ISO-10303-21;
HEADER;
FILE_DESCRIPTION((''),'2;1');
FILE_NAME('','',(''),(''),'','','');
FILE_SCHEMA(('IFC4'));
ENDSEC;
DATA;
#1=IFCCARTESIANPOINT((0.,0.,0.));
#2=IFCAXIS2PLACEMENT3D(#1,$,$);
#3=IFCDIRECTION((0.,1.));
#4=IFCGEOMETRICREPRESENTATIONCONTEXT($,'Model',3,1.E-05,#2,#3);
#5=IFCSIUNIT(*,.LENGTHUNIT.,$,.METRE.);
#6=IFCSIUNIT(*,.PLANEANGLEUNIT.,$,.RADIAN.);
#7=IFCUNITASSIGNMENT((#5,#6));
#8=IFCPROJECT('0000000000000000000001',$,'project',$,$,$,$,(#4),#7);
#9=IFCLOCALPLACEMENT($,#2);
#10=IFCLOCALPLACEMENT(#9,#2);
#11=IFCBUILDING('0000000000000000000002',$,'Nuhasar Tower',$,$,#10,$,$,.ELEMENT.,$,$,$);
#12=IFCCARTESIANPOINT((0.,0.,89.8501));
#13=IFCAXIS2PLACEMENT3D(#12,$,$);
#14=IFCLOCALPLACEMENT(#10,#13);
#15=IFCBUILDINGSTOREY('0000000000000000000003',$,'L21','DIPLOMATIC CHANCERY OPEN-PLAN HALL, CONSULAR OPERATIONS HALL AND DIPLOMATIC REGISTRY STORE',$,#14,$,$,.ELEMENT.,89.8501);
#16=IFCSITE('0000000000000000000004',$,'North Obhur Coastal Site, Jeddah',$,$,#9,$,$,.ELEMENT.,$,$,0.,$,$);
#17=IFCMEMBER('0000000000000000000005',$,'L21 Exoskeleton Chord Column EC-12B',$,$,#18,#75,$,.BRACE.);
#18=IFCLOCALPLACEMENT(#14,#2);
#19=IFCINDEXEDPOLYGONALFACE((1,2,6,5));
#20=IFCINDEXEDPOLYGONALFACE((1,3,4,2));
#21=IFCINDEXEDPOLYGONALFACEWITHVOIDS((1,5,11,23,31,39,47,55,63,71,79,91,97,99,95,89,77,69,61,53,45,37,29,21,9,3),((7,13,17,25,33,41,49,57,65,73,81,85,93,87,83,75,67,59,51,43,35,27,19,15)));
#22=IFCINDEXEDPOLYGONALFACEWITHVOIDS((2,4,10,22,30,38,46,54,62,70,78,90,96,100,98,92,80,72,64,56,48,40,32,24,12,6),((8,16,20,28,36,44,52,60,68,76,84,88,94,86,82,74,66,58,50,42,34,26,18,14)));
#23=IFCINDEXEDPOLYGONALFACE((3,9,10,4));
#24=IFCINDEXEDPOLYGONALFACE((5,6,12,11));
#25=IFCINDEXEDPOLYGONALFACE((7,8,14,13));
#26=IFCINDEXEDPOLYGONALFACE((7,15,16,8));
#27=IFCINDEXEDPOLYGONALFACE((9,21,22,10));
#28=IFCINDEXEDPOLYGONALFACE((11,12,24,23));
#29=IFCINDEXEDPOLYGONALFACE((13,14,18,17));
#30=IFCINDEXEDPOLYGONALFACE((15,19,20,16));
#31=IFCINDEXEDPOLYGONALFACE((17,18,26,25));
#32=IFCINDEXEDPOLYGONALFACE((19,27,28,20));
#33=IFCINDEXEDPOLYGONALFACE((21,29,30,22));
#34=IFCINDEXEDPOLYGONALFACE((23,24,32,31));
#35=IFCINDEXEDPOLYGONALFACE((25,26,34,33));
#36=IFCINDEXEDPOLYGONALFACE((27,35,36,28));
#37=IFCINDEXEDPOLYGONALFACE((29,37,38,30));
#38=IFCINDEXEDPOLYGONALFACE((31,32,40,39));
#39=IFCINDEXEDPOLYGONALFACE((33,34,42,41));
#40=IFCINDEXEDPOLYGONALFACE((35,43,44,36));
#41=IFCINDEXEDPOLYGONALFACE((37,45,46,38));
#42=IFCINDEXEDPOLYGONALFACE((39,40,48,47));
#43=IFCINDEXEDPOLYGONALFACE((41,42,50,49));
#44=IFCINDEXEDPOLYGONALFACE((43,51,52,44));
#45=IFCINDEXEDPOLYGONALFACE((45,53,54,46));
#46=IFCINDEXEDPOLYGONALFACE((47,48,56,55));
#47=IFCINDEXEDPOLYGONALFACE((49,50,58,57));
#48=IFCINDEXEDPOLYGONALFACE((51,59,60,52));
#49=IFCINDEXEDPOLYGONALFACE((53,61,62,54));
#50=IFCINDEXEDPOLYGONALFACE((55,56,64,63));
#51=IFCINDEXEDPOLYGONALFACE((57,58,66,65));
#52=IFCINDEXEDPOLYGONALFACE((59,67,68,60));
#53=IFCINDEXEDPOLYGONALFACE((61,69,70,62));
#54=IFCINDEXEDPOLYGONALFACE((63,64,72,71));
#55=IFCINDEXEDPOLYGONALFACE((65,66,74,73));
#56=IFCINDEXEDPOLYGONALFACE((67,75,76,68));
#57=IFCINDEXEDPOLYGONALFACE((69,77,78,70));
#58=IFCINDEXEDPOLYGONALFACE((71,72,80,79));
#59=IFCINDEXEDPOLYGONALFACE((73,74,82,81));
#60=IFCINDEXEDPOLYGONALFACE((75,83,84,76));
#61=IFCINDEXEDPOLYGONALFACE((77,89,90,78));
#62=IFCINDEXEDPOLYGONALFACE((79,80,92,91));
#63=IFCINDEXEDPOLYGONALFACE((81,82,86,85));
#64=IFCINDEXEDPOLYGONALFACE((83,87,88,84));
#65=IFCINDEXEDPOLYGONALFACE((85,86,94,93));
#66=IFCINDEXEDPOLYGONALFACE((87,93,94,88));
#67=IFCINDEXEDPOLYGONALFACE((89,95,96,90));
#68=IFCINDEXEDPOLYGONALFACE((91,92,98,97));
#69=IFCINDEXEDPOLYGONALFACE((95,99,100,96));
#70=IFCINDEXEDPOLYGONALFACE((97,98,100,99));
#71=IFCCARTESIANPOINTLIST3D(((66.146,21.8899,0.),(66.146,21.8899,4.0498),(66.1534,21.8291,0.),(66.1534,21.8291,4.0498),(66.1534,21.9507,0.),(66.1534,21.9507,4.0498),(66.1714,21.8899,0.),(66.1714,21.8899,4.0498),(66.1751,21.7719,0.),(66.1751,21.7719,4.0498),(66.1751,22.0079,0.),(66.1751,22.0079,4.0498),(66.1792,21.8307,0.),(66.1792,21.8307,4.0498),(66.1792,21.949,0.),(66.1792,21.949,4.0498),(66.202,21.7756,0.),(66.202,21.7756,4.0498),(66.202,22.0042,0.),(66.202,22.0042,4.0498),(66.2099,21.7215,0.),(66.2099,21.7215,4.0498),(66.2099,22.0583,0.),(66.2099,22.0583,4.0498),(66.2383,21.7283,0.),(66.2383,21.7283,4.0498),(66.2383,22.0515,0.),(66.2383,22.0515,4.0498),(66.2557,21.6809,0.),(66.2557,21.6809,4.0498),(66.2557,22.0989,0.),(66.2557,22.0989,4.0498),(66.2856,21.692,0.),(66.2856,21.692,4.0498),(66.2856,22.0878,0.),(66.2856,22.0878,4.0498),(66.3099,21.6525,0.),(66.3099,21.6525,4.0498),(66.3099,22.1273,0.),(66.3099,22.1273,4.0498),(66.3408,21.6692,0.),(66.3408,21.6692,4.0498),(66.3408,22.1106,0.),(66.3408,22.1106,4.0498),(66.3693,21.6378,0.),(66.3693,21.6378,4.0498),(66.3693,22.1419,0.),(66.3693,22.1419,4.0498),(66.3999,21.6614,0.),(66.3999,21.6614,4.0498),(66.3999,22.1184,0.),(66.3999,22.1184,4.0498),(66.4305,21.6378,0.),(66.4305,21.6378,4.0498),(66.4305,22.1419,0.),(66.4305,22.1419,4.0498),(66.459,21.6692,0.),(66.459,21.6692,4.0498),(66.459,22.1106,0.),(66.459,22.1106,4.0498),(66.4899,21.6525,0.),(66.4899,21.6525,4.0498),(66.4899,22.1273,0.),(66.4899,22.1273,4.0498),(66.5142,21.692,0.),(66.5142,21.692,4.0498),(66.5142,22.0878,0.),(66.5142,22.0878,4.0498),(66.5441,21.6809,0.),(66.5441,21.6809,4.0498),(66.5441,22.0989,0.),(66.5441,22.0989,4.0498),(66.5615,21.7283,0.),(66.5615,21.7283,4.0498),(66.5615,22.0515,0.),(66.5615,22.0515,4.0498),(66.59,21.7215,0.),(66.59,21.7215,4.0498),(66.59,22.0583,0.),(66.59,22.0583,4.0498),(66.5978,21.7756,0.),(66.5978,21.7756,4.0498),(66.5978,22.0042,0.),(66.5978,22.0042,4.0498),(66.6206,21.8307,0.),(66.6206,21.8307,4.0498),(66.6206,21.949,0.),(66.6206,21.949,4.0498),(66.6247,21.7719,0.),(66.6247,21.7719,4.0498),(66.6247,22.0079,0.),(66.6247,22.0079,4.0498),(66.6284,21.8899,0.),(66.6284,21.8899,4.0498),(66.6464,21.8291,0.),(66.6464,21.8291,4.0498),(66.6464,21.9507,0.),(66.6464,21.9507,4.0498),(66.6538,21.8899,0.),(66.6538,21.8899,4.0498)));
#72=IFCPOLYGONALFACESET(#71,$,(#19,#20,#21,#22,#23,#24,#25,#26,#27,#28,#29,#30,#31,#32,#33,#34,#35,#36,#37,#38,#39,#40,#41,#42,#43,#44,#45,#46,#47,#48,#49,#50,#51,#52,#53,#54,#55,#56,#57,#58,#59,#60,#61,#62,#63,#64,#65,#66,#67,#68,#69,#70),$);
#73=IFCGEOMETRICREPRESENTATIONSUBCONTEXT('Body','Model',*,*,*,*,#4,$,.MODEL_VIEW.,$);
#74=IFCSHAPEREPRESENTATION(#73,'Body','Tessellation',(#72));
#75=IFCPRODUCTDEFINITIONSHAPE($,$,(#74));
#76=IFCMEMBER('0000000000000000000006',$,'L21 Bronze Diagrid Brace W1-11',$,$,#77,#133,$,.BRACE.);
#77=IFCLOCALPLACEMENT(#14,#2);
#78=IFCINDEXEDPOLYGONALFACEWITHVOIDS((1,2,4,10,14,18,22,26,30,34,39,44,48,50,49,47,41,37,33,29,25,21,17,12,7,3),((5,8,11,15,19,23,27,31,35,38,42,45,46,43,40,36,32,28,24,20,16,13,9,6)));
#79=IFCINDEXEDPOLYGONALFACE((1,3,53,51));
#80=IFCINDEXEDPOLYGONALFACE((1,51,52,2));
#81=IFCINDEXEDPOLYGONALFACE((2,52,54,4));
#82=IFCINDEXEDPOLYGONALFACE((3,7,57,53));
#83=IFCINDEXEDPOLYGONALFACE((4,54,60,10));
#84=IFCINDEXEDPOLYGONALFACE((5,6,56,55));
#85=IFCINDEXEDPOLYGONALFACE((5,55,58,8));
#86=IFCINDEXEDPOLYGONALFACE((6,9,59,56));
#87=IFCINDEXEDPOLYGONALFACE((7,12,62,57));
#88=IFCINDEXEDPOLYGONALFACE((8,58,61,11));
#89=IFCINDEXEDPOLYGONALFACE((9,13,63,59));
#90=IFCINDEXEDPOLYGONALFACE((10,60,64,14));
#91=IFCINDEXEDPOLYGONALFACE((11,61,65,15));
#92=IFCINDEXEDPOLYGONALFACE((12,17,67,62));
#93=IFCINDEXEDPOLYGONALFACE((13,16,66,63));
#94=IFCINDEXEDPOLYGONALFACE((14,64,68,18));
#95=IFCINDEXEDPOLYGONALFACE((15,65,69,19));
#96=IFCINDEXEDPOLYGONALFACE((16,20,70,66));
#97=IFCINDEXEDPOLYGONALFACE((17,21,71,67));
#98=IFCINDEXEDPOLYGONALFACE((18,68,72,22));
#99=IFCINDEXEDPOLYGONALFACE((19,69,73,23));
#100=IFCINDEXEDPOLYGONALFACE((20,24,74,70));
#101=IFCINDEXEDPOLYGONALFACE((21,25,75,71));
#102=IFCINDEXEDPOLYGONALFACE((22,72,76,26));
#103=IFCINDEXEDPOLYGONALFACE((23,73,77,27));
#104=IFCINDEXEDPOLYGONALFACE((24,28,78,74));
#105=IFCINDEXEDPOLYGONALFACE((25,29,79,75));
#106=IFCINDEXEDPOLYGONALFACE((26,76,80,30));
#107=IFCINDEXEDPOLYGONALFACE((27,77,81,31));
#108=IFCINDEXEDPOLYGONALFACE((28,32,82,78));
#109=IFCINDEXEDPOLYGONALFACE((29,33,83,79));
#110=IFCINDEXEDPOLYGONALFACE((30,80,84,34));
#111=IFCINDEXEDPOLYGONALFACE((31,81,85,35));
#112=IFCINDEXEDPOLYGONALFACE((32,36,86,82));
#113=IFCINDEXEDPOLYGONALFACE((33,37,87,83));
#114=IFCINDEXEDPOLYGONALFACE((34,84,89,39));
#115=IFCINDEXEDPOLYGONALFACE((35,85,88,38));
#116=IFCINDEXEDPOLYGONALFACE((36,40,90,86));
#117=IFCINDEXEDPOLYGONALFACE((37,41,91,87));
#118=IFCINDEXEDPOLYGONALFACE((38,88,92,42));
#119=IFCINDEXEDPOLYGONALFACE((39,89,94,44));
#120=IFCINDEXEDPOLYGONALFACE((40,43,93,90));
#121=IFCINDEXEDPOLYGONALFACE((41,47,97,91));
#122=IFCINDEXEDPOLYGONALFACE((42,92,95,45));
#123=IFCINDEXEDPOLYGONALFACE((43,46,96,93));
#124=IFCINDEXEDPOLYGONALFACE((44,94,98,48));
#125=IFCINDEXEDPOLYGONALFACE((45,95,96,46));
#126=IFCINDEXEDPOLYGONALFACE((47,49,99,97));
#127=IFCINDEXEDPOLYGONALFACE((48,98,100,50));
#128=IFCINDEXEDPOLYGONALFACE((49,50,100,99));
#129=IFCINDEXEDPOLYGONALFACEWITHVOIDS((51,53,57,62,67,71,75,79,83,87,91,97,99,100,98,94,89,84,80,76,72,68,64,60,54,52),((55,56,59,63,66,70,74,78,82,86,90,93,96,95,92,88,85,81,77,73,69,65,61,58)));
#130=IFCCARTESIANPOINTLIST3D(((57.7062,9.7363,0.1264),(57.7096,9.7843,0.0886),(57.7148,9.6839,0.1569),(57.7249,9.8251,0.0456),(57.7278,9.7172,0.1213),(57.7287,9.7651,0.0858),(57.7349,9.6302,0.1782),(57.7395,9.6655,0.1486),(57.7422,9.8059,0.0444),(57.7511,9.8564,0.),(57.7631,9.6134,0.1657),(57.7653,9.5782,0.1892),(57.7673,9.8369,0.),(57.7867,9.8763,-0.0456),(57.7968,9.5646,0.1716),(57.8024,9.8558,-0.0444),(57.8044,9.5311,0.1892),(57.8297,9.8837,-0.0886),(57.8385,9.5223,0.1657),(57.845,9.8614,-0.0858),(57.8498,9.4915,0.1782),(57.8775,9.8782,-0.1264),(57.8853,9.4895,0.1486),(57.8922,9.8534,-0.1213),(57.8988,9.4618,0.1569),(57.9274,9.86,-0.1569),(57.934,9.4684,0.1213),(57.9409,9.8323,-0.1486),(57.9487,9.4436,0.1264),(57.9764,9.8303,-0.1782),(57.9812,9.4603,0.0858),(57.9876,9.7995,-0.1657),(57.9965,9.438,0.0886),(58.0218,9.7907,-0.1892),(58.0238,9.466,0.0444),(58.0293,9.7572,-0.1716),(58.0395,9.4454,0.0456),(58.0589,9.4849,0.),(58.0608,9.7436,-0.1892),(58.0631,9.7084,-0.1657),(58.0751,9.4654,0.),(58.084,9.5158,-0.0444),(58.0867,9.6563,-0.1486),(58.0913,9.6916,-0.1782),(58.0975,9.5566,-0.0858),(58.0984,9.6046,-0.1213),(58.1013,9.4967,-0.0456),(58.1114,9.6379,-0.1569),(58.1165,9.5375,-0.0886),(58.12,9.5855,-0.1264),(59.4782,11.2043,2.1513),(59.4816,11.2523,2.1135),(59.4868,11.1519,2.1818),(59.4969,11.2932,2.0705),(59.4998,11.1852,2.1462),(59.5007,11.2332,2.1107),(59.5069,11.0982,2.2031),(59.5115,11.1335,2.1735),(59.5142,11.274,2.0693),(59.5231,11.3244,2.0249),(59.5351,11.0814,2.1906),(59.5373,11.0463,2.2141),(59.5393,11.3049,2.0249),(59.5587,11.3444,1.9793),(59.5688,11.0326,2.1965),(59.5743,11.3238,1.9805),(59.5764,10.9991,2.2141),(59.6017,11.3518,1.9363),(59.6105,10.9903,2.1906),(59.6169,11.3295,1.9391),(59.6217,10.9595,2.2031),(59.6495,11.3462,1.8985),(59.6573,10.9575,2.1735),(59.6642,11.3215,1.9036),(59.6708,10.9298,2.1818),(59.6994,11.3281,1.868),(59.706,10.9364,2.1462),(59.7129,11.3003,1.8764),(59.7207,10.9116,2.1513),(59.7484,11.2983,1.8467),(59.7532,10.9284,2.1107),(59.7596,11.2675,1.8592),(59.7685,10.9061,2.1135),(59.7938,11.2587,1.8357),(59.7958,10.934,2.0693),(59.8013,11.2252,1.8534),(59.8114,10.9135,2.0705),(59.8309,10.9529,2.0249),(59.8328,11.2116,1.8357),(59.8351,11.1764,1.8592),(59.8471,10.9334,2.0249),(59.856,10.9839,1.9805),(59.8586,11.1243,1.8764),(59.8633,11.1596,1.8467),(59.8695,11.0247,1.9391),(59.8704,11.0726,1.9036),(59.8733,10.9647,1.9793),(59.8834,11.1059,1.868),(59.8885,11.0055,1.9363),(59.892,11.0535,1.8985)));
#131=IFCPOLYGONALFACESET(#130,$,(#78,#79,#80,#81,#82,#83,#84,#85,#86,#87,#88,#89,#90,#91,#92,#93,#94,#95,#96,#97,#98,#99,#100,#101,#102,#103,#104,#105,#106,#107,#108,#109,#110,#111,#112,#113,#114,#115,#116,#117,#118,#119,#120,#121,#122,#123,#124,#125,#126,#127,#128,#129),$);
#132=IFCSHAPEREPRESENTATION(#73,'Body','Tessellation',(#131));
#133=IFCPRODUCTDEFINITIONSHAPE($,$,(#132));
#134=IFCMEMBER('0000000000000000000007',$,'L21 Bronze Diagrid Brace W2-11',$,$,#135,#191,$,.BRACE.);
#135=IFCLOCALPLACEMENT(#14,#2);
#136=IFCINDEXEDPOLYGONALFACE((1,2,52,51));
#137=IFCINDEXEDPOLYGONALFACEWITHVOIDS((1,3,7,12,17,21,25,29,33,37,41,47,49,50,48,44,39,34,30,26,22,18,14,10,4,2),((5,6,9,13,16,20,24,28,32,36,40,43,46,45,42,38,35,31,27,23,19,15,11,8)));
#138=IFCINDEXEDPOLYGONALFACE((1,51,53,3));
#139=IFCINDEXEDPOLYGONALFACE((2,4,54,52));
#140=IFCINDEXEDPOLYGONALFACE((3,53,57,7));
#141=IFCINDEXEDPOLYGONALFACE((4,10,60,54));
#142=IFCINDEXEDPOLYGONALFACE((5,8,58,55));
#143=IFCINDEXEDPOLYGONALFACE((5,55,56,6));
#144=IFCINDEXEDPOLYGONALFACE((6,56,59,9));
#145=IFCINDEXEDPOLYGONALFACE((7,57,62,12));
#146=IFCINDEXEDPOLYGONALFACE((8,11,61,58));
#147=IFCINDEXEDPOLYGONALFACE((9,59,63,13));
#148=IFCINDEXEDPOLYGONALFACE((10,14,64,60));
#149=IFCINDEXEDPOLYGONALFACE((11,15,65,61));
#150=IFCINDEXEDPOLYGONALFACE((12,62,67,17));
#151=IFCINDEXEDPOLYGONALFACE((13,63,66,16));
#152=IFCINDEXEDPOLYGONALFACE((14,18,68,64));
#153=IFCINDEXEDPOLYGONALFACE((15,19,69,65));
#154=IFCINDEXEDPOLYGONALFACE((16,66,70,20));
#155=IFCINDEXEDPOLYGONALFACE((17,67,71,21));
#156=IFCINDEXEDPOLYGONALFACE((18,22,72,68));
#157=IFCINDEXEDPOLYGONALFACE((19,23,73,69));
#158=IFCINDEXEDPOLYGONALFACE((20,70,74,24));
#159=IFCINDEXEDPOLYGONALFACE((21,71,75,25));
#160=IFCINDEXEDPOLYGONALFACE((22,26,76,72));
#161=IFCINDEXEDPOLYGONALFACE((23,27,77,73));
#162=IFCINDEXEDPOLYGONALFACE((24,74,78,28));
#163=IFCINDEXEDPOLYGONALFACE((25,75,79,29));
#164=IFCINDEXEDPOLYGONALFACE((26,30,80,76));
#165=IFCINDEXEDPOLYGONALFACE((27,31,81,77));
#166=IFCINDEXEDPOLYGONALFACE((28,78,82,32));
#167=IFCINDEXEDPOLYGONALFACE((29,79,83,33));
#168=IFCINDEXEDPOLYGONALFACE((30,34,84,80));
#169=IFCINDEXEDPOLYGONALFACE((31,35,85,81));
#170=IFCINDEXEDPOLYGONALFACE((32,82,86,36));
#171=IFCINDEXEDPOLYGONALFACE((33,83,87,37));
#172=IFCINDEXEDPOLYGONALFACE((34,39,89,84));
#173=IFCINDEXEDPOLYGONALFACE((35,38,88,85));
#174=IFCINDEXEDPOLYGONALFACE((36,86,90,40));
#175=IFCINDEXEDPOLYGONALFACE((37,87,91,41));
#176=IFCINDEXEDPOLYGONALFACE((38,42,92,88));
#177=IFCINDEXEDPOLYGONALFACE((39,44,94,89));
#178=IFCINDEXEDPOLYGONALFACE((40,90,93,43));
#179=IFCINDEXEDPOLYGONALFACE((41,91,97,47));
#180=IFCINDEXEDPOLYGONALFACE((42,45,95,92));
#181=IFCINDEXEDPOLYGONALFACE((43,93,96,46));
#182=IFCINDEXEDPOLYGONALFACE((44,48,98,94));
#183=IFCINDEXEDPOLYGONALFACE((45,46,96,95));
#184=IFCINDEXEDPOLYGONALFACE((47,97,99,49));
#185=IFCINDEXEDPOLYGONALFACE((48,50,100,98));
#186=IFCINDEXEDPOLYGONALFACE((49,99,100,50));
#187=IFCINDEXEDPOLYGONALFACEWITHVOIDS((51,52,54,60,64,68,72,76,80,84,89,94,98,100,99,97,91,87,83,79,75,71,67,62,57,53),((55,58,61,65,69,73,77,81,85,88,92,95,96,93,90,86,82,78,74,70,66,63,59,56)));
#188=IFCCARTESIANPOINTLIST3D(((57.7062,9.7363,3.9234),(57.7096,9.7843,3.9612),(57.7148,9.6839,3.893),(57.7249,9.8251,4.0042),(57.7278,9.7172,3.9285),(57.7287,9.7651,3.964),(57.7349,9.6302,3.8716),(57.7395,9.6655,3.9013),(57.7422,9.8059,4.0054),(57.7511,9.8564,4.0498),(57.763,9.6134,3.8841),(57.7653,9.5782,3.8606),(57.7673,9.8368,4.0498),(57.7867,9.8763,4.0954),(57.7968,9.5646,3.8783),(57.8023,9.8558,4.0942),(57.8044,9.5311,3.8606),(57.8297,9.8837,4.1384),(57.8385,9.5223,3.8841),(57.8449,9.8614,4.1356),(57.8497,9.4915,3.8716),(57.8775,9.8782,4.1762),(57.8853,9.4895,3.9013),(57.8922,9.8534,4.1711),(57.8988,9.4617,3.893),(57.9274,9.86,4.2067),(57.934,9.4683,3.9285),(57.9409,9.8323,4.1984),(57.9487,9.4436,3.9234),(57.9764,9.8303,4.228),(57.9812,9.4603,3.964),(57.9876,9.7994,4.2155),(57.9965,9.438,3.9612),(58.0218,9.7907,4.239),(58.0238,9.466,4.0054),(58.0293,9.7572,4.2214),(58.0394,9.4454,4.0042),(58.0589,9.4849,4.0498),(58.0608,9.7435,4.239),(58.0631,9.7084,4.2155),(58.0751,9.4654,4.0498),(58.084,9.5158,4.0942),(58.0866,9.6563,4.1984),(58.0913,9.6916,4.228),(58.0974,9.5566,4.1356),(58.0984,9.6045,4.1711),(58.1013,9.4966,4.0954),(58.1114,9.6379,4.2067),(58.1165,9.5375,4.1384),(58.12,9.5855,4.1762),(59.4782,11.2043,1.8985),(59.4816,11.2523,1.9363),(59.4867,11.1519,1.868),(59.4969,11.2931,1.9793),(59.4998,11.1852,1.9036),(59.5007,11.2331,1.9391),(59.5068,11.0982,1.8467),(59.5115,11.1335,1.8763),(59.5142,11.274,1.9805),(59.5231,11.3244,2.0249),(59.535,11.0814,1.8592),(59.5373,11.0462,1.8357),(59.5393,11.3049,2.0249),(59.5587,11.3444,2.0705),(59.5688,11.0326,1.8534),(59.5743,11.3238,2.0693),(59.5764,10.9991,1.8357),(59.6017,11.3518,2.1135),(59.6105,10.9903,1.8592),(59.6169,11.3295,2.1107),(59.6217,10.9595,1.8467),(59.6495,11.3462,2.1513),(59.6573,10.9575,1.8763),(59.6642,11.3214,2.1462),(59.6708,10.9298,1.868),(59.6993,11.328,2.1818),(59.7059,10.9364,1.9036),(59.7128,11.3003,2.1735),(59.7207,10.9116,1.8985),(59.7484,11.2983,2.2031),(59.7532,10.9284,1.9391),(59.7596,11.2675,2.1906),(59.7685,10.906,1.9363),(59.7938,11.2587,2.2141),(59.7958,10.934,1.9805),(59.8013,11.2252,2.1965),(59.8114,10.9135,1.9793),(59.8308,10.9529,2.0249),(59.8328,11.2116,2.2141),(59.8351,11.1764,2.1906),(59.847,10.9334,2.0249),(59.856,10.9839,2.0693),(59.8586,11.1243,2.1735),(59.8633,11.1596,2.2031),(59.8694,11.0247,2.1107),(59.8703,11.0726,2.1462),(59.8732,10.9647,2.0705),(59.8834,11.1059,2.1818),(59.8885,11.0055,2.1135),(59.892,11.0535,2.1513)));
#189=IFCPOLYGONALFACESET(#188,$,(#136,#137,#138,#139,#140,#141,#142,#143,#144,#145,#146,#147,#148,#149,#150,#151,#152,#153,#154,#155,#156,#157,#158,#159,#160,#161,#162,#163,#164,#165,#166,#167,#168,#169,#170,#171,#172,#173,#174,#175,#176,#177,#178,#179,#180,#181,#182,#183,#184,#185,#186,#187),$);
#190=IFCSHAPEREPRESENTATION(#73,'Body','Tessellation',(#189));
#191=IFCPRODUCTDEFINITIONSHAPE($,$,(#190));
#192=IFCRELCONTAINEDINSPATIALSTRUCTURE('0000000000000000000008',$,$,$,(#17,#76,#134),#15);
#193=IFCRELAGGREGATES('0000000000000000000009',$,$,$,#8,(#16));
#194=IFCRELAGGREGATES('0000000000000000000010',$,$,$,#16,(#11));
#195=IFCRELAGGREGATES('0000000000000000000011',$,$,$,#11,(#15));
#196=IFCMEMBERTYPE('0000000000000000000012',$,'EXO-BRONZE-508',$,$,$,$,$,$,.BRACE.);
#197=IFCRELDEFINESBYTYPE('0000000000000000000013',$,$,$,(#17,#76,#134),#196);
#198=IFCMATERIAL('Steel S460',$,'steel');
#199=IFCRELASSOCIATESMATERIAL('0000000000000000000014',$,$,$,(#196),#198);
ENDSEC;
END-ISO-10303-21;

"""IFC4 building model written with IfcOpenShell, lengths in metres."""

from ifc_helpers import new_model, si_unit, direction, frame, origin, origin_2d, place, context, subcontext, project, spatial, hollow_circle, extrude, material, material_profile, profile_set, type_object, element, save


model = new_model("IFC4")

# Units and contexts
model_context = context("Model", 3, precision=1e-05, world=origin(), true_north=direction((0.0, 1.0)))
body_context = subcontext(model_context, "Body", "Model", "MODEL_VIEW")
ifc_project = project(units=[si_unit("LENGTHUNIT", "METRE"), si_unit("PLANEANGLEUNIT", "RADIAN")], contexts=[model_context])

# Site, building, storey
site_placement = place(None, origin())
site = spatial("IfcSite", under=ifc_project, at=site_placement, Name="North Obhur Coastal Site, Jeddah", CompositionType="ELEMENT", RefElevation=0.0)
building_placement = place(site_placement, origin())
building = spatial("IfcBuilding", under=site, at=building_placement, Name="Nuhasar Tower", CompositionType="ELEMENT")
storey_placement = place(building_placement, frame((0.0, 0.0, 89.8501)))
storey = spatial("IfcBuildingStorey", under=building, at=storey_placement, Name="L21", Description="DIPLOMATIC CHANCERY OPEN-PLAN HALL, CONSULAR OPERATIONS HALL AND DIPLOMATIC REGISTRY STORE", CompositionType="ELEMENT", Elevation=89.8501)

# Members
ifc_material_1 = material(Name="Steel S460", Category="steel")
ifc_material_profile_1 = material_profile(ifc_material_1, hollow_circle(Radius=0.2539, WallThickness=0.0254, at=origin_2d()), Name="HSS508X25.4")
ifc_profile_set_1 = profile_set([ifc_material_profile_1], Name="Steel S460")
member_type_1 = type_object("IfcMemberType", Name="EXO-BRONZE-508", PredefinedType="BRACE", material=ifc_profile_set_1)
for number, where, z_axis, x_axis, name in (
    (1, (66.3999, 21.8899, 0.0), (0.0, 0.0, 1.0), (1.0, 0.0, 0.0), "L21 Exoskeleton Chord Column EC-12B"),
):
    element("IfcMember", number, at=place(storey_placement, frame(where, z_axis=z_axis, x_axis=x_axis)), inside=storey, type_object=member_type_1, Name=name, PredefinedType="BRACE", context=body_context, shape_type="SweptSolid", body=[
        extrude(hollow_circle(Radius=0.2539, WallThickness=0.0254, at=origin_2d()), origin(), (0.0, 0.0, 1.0), 4.0498),
    ])
for number, where, z_axis, x_axis, name in (
    (2, (57.9131, 9.6609, 0.0), (0.578102, 0.478937, 0.660619), (-0.637969, 0.770062, 0.0), "L21 Bronze Diagrid Brace W1-11"),
    (3, (59.6851, 11.1289, 2.0249), (-0.578102, -0.478937, 0.660619), (0.637969, -0.770062, 0.0), "L21 Bronze Diagrid Brace W2-11"),
):
    element("IfcMember", number, at=place(storey_placement, frame(where, z_axis=z_axis, x_axis=x_axis)), inside=storey, type_object=member_type_1, Name=name, PredefinedType="BRACE", context=body_context, shape_type="SweptSolid", body=[
        extrude(hollow_circle(Radius=0.2539, WallThickness=0.0254, at=origin_2d()), origin(), (0.0, 0.0, 1.0), 3.0652),
    ])

save(model, "model.ifc")
